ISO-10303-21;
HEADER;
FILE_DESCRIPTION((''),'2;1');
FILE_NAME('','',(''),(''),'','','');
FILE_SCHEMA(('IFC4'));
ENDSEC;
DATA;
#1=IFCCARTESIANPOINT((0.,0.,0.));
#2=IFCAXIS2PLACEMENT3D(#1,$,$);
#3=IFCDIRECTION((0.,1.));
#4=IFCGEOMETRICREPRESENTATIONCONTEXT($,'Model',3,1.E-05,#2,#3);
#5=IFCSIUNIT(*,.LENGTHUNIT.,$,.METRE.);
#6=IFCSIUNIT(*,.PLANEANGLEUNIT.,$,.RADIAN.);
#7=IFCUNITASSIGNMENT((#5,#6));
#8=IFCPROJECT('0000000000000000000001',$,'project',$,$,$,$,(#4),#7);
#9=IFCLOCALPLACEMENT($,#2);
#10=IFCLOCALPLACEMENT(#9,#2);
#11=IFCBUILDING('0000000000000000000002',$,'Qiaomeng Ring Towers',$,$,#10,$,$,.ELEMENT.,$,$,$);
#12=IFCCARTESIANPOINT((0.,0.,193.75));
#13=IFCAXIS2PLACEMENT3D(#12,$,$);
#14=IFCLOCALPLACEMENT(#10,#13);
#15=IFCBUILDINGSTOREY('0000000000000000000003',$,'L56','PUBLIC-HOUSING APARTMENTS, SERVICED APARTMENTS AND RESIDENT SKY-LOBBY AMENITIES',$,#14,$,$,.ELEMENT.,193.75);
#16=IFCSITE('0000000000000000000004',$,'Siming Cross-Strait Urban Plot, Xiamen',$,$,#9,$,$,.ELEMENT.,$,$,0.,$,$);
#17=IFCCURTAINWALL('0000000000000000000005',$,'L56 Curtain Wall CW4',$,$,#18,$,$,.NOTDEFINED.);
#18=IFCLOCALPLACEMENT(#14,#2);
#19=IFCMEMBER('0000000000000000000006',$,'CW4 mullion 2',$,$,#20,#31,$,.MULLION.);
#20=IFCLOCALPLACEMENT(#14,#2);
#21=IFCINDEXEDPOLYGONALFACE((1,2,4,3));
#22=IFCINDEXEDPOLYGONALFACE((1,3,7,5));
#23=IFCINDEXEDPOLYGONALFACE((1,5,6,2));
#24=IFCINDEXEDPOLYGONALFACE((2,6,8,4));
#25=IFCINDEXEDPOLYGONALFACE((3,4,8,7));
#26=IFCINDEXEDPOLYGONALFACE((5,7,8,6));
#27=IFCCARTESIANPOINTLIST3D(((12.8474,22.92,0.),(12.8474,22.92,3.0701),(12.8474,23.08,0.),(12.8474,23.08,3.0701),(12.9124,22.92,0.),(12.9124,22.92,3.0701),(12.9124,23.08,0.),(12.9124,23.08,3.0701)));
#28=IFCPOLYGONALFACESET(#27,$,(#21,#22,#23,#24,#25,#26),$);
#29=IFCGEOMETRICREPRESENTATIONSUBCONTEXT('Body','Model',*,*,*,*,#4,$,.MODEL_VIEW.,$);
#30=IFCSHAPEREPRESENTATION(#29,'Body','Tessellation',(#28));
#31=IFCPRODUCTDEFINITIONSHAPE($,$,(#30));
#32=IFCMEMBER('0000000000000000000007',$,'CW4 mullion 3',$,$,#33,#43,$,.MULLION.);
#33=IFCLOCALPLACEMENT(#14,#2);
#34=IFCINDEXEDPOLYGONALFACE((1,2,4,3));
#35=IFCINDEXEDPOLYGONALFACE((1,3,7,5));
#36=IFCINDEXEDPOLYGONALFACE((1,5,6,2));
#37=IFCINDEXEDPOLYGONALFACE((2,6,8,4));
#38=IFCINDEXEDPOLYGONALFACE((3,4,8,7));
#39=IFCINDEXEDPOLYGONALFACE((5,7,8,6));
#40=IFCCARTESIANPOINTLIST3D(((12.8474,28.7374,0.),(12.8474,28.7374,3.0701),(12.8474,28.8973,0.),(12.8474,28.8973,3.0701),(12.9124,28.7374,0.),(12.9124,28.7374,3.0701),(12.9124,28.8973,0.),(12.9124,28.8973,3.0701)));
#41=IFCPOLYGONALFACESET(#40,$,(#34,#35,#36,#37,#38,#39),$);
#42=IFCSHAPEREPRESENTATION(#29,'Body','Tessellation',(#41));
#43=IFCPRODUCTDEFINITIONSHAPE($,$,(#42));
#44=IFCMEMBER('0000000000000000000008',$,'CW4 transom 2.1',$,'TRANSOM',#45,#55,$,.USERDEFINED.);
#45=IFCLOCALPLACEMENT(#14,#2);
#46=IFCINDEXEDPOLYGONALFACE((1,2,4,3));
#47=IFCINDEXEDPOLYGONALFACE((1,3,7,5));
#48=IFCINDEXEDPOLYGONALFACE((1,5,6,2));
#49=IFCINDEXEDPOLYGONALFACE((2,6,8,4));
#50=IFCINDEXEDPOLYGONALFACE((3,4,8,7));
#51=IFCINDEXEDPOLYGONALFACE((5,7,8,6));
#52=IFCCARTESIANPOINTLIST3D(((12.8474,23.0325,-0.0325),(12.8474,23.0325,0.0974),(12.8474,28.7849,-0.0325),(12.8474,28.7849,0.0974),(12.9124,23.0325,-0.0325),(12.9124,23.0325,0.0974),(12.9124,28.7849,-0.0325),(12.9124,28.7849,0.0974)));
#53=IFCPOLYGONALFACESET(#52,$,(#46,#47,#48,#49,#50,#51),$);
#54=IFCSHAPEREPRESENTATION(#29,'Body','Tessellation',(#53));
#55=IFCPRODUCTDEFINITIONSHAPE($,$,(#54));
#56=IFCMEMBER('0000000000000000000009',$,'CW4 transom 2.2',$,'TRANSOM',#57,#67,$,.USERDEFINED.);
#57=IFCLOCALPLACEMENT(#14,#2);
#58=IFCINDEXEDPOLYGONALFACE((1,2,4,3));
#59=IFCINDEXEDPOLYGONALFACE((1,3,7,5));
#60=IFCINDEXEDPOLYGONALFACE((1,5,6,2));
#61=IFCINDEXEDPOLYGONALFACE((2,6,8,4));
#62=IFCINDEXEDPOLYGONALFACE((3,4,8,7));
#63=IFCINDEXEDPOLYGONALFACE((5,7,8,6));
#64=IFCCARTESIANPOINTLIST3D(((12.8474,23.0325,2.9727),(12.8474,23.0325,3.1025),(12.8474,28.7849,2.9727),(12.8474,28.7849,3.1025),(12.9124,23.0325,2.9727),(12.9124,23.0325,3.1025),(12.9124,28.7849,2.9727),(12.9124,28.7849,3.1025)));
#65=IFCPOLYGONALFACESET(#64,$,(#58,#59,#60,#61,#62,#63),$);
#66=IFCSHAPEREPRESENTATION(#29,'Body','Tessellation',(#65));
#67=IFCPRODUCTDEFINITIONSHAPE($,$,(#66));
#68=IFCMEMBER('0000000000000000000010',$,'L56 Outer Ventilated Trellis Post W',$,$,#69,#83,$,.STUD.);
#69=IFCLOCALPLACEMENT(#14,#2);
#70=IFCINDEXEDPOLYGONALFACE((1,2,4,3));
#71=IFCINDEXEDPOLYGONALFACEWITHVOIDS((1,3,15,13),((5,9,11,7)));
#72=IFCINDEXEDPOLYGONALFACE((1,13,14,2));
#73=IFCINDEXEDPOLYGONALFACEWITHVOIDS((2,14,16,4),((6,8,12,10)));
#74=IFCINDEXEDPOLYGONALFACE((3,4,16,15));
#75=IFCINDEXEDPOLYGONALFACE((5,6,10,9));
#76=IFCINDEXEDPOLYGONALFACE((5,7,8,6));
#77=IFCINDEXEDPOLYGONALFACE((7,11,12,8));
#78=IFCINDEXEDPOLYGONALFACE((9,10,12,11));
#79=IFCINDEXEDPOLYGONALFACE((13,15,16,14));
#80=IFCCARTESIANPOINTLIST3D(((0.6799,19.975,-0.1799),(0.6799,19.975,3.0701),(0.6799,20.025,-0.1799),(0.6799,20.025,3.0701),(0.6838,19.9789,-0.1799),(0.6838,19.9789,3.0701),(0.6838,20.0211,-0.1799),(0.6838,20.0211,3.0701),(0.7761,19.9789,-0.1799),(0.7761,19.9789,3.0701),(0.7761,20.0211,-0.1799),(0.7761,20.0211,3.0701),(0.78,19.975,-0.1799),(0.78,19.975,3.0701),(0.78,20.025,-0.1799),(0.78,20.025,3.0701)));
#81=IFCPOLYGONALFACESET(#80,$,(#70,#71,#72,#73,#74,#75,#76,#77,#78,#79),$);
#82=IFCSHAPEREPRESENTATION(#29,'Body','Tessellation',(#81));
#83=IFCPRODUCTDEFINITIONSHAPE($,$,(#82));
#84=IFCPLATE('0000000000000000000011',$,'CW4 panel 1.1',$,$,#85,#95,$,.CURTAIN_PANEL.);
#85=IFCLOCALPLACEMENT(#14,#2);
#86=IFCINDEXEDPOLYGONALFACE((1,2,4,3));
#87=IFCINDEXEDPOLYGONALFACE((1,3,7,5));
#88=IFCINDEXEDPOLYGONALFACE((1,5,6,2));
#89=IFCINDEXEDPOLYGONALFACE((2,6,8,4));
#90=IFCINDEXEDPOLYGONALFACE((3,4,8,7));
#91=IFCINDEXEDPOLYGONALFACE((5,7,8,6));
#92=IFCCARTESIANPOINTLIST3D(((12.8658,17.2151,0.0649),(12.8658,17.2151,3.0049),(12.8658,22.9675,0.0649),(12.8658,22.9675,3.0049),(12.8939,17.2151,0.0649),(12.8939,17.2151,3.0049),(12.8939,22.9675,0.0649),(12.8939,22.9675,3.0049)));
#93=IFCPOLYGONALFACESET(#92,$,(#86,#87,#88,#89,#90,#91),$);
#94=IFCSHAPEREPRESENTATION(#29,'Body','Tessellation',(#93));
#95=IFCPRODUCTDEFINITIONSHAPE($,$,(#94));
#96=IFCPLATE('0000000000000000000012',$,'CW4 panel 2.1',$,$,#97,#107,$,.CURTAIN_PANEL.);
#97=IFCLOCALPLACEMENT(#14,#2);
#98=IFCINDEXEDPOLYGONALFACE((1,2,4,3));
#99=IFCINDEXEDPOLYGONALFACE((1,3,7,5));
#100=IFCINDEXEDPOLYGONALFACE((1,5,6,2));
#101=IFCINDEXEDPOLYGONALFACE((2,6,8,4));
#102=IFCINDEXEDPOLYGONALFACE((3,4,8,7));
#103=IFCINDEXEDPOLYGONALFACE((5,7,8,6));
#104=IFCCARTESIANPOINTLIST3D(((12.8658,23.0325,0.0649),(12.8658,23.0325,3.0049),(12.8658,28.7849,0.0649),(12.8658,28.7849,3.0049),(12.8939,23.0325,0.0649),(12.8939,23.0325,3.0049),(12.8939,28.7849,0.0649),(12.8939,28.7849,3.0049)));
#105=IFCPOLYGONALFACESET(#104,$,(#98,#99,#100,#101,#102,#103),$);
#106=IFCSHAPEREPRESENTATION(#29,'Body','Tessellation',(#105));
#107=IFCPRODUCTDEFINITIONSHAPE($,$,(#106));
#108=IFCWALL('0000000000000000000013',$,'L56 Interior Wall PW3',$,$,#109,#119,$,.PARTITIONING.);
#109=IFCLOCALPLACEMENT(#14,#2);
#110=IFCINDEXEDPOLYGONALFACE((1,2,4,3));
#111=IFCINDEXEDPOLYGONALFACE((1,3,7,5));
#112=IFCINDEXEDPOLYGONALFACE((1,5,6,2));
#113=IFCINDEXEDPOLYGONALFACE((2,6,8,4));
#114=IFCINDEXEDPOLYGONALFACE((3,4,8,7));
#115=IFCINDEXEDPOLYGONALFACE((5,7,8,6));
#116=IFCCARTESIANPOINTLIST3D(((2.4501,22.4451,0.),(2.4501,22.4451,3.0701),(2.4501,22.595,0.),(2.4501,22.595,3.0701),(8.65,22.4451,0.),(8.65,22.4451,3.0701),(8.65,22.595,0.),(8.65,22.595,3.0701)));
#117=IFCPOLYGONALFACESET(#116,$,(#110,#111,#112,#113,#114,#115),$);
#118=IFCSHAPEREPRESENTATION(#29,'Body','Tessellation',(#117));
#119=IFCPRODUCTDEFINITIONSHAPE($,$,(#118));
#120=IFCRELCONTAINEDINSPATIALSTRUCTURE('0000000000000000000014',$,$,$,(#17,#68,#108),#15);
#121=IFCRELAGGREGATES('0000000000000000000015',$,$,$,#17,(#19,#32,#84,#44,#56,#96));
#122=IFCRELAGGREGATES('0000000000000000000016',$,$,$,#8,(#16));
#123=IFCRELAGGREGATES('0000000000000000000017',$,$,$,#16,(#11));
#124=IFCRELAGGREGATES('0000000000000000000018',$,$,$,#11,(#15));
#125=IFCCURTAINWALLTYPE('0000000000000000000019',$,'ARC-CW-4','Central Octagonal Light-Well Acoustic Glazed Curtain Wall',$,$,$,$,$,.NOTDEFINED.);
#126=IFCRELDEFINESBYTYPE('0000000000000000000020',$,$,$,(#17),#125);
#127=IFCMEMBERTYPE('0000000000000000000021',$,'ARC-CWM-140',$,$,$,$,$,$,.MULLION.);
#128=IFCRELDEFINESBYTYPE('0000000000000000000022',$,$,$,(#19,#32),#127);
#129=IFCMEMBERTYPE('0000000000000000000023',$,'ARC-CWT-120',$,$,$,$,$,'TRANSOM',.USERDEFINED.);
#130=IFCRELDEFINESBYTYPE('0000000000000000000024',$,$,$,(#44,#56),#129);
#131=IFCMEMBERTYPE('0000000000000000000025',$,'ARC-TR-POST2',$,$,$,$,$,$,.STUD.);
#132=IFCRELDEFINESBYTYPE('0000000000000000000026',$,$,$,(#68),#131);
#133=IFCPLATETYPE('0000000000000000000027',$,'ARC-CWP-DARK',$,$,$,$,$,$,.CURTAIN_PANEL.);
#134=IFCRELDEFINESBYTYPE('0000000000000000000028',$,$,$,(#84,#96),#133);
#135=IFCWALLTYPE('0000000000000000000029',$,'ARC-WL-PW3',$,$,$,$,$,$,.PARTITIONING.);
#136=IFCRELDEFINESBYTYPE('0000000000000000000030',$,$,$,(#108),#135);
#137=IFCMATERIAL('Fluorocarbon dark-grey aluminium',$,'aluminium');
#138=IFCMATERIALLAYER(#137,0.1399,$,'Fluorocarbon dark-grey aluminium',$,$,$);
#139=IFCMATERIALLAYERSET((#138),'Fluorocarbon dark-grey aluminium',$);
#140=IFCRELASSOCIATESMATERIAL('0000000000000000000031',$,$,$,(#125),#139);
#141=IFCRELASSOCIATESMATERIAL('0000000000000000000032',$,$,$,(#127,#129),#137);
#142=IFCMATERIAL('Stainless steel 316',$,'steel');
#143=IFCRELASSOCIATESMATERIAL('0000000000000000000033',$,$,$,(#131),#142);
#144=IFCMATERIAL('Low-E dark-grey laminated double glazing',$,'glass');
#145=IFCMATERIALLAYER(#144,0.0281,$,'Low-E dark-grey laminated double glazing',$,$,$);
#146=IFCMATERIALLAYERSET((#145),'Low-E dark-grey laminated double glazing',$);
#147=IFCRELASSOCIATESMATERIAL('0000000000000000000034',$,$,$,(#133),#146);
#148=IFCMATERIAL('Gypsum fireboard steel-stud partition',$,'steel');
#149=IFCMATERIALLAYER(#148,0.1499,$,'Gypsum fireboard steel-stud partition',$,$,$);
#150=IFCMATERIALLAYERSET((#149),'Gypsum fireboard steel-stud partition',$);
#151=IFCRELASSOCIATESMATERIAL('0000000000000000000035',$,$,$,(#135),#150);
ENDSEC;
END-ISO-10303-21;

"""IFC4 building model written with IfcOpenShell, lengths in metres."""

from ifc_helpers import new_model, si_unit, direction, frame, frame_2d, origin, origin_2d, place, context, subcontext, project, spatial, rectangle, hollow_rectangle, extrude, source, transform, mapped, material, layer, layer_set, material_profile, profile_set, type_object, element, aggregate, save


model = new_model("IFC4")

# Units and contexts
model_context = context("Model", 3, precision=1e-05, world=origin(), true_north=direction((0.0, 1.0)))
body_context = subcontext(model_context, "Body", "Model", "MODEL_VIEW")
ifc_project = project(units=[si_unit("LENGTHUNIT", "METRE"), si_unit("PLANEANGLEUNIT", "RADIAN")], contexts=[model_context])

# Site, building, storey
site_placement = place(None, origin())
site = spatial("IfcSite", under=ifc_project, at=site_placement, Name="Siming Cross-Strait Urban Plot, Xiamen", CompositionType="ELEMENT", RefElevation=0.0)
building_placement = place(site_placement, origin())
building = spatial("IfcBuilding", under=site, at=building_placement, Name="Qiaomeng Ring Towers", CompositionType="ELEMENT")
storey_placement = place(building_placement, frame((0.0, 0.0, 193.75)))
storey = spatial("IfcBuildingStorey", under=building, at=storey_placement, Name="L56", Description="PUBLIC-HOUSING APARTMENTS, SERVICED APARTMENTS AND RESIDENT SKY-LOBBY AMENITIES", CompositionType="ELEMENT", Elevation=193.75)

# Curtain wall, members
ifc_material_1 = material(Name="Fluorocarbon dark-grey aluminium", Category="aluminium")
ifc_layer_1 = layer(ifc_material_1, 0.1399, Name="Fluorocarbon dark-grey aluminium")
ifc_layer_set_1 = layer_set([ifc_layer_1], Name="Fluorocarbon dark-grey aluminium")
curtain_wall_type = type_object("IfcCurtainWallType", Name="ARC-CW-4", Description="Central Octagonal Light-Well Acoustic Glazed Curtain Wall", PredefinedType="NOTDEFINED", material=ifc_layer_set_1)
curtain_wall_placement = place(storey_placement, origin())
curtain_wall = element("IfcCurtainWall", 1, at=curtain_wall_placement, inside=storey, type_object=curtain_wall_type, Name="L56 Curtain Wall CW4", PredefinedType="NOTDEFINED")
ifc_material_profile_1 = material_profile(ifc_material_1, rectangle(XDim=0.0649, YDim=0.1599, at=origin_2d()), Name="ALU MULL 65x160")
ifc_profile_set_1 = profile_set([ifc_material_profile_1], Name="Fluorocarbon dark-grey aluminium")
member_type_1 = type_object("IfcMemberType", Name="ARC-CWM-140", PredefinedType="MULLION", material=ifc_profile_set_1)
shared_shape_1 = source(origin(), body_context, "Body", "SweptSolid", [
    extrude(rectangle(XDim=0.0649, YDim=0.1599, at=origin_2d()), origin(), (0.0, 0.0, 1.0), 3.0701),
])
member_1_placement = place(storey_placement, frame((12.8799, 23.0, 0.0), z_axis=(0.0, 0.0, 1.0), x_axis=(-1.0, 0.0, 0.0)))
member_1 = element("IfcMember", 2, at=member_1_placement, type_object=member_type_1, Name="CW4 mullion 2", PredefinedType="MULLION", context=body_context, shape_type="MappedRepresentation", body=[
    mapped(shared_shape_1, transform((0.0, 0.0, 0.0), x_axis=(1.0, 0.0, 0.0), y_axis=(0.0, 1.0, 0.0), z_axis=(0.0, 0.0, 1.0), scale=1.0)),
])
member_2_placement = place(storey_placement, frame((12.8799, 28.8174, 0.0), z_axis=(0.0, 0.0, 1.0), x_axis=(-1.0, 0.0, 0.0)))
member_2 = element("IfcMember", 3, at=member_2_placement, type_object=member_type_1, Name="CW4 mullion 3", PredefinedType="MULLION", context=body_context, shape_type="MappedRepresentation", body=[
    mapped(shared_shape_1, transform((0.0, 0.0, 0.0), x_axis=(1.0, 0.0, 0.0), y_axis=(0.0, 1.0, 0.0), z_axis=(0.0, 0.0, 1.0), scale=1.0)),
])
ifc_material_profile_2 = material_profile(ifc_material_1, rectangle(XDim=0.0649, YDim=0.1299, at=origin_2d()), Name="ALU TRAN 65x130")
ifc_profile_set_2 = profile_set([ifc_material_profile_2], Name="Fluorocarbon dark-grey aluminium")
member_type_2 = type_object("IfcMemberType", Name="ARC-CWT-120", ElementType="TRANSOM", PredefinedType="USERDEFINED", material=ifc_profile_set_2)
shared_shape_2 = source(origin(), body_context, "Body", "SweptSolid", [
    extrude(rectangle(XDim=0.0649, YDim=0.1299, at=origin_2d()), origin(), (0.0, 0.0, 1.0), 5.7524),
])
member_3_placement = place(storey_placement, frame((12.8799, 23.0325, 0.0325), z_axis=(0.0, 1.0, 0.0), x_axis=(-1.0, 0.0, 0.0)))
member_3 = element("IfcMember", 4, at=member_3_placement, type_object=member_type_2, Name="CW4 transom 2.1", ObjectType="TRANSOM", PredefinedType="USERDEFINED", context=body_context, shape_type="MappedRepresentation", body=[
    mapped(shared_shape_2, transform((0.0, 0.0, 0.0), x_axis=(1.0, 0.0, 0.0), y_axis=(0.0, 1.0, 0.0), z_axis=(0.0, 0.0, 1.0), scale=1.0)),
])
member_4_placement = place(storey_placement, frame((12.8799, 23.0325, 3.0376), z_axis=(0.0, 1.0, 0.0), x_axis=(-1.0, 0.0, 0.0)))
member_4 = element("IfcMember", 5, at=member_4_placement, type_object=member_type_2, Name="CW4 transom 2.2", ObjectType="TRANSOM", PredefinedType="USERDEFINED", context=body_context, shape_type="MappedRepresentation", body=[
    mapped(shared_shape_2, transform((0.0, 0.0, 0.0), x_axis=(1.0, 0.0, 0.0), y_axis=(0.0, 1.0, 0.0), z_axis=(0.0, 0.0, 1.0), scale=1.0)),
])

# Member
ifc_material_2 = material(Name="Stainless steel 316", Category="steel")
ifc_material_profile_3 = material_profile(ifc_material_2, hollow_rectangle(XDim=0.05, YDim=0.1001, WallThickness=0.0039, at=origin_2d()), Name="SS TRELLIS 100x50")
ifc_profile_set_3 = profile_set([ifc_material_profile_3], Name="Stainless steel 316")
member_type_3 = type_object("IfcMemberType", Name="ARC-TR-POST2", PredefinedType="STUD", material=ifc_profile_set_3)
shared_shape_3 = source(origin(), body_context, "Body", "SweptSolid", [
    extrude(hollow_rectangle(XDim=0.05, YDim=0.1001, WallThickness=0.0039, at=origin_2d()), origin(), (0.0, 0.0, 1.0), 3.25),
])
member_5_placement = place(storey_placement, frame((0.73, 20.0, -0.1799), z_axis=(0.0, 0.0, 1.0), x_axis=(0.0, 1.0, 0.0)))
element("IfcMember", 6, at=member_5_placement, inside=storey, type_object=member_type_3, Name="L56 Outer Ventilated Trellis Post W", PredefinedType="STUD", context=body_context, shape_type="MappedRepresentation", body=[
    mapped(shared_shape_3, transform((0.0, 0.0, 0.0), x_axis=(1.0, 0.0, 0.0), y_axis=(0.0, 1.0, 0.0), z_axis=(0.0, 0.0, 1.0), scale=1.0)),
])

# Plates
ifc_material_3 = material(Name="Low-E dark-grey laminated double glazing", Category="glass")
ifc_layer_2 = layer(ifc_material_3, 0.0281, Name="Low-E dark-grey laminated double glazing")
ifc_layer_set_2 = layer_set([ifc_layer_2], Name="Low-E dark-grey laminated double glazing")
plate_type = type_object("IfcPlateType", Name="ARC-CWP-DARK", PredefinedType="CURTAIN_PANEL", material=ifc_layer_set_2)
shared_shape_4 = source(origin(), body_context, "Body", "SweptSolid", [
    extrude(rectangle(XDim=5.7524, YDim=0.0281, at=origin_2d()), origin(), (0.0, 0.0, 1.0), 2.9399),
])
plate_1_placement = place(storey_placement, frame((12.8799, 20.0913, 0.0649), z_axis=(0.0, 0.0, 1.0), x_axis=(0.0, 1.0, 0.0)))
plate_1 = element("IfcPlate", 7, at=plate_1_placement, type_object=plate_type, Name="CW4 panel 1.1", PredefinedType="CURTAIN_PANEL", context=body_context, shape_type="MappedRepresentation", body=[
    mapped(shared_shape_4, transform((0.0, 0.0, 0.0), x_axis=(1.0, 0.0, 0.0), y_axis=(0.0, 1.0, 0.0), z_axis=(0.0, 0.0, 1.0), scale=1.0)),
])
plate_2_placement = place(storey_placement, frame((12.8799, 25.9087, 0.0649), z_axis=(0.0, 0.0, 1.0), x_axis=(0.0, 1.0, 0.0)))
plate_2 = element("IfcPlate", 8, at=plate_2_placement, type_object=plate_type, Name="CW4 panel 2.1", PredefinedType="CURTAIN_PANEL", context=body_context, shape_type="MappedRepresentation", body=[
    mapped(shared_shape_4, transform((0.0, 0.0, 0.0), x_axis=(1.0, 0.0, 0.0), y_axis=(0.0, 1.0, 0.0), z_axis=(0.0, 0.0, 1.0), scale=1.0)),
])
aggregate(curtain_wall, [member_1, member_2, plate_1, member_3, member_4, plate_2])

# Wall
ifc_material_4 = material(Name="Gypsum fireboard steel-stud partition", Category="steel")
ifc_layer_3 = layer(ifc_material_4, 0.1499, Name="Gypsum fireboard steel-stud partition")
ifc_layer_set_3 = layer_set([ifc_layer_3], Name="Gypsum fireboard steel-stud partition")
wall_type_1 = type_object("IfcWallType", Name="ARC-WL-PW3", PredefinedType="PARTITIONING", material=ifc_layer_set_3)
wall_1_placement = place(storey_placement, frame((2.45, 22.52, 0.0), z_axis=(0.0, 0.0, 1.0), x_axis=(1.0, 0.0, 0.0)))
element("IfcWall", 9, at=wall_1_placement, inside=storey, type_object=wall_type_1, Name="L56 Interior Wall PW3", PredefinedType="PARTITIONING", context=body_context, shape_type="SweptSolid", body=[
    extrude(rectangle(XDim=6.2, YDim=0.1499, at=frame_2d((3.1001, 0.0))), origin(), (0.0, 0.0, 1.0), 3.0701),
])

save(model, "model.ifc")
